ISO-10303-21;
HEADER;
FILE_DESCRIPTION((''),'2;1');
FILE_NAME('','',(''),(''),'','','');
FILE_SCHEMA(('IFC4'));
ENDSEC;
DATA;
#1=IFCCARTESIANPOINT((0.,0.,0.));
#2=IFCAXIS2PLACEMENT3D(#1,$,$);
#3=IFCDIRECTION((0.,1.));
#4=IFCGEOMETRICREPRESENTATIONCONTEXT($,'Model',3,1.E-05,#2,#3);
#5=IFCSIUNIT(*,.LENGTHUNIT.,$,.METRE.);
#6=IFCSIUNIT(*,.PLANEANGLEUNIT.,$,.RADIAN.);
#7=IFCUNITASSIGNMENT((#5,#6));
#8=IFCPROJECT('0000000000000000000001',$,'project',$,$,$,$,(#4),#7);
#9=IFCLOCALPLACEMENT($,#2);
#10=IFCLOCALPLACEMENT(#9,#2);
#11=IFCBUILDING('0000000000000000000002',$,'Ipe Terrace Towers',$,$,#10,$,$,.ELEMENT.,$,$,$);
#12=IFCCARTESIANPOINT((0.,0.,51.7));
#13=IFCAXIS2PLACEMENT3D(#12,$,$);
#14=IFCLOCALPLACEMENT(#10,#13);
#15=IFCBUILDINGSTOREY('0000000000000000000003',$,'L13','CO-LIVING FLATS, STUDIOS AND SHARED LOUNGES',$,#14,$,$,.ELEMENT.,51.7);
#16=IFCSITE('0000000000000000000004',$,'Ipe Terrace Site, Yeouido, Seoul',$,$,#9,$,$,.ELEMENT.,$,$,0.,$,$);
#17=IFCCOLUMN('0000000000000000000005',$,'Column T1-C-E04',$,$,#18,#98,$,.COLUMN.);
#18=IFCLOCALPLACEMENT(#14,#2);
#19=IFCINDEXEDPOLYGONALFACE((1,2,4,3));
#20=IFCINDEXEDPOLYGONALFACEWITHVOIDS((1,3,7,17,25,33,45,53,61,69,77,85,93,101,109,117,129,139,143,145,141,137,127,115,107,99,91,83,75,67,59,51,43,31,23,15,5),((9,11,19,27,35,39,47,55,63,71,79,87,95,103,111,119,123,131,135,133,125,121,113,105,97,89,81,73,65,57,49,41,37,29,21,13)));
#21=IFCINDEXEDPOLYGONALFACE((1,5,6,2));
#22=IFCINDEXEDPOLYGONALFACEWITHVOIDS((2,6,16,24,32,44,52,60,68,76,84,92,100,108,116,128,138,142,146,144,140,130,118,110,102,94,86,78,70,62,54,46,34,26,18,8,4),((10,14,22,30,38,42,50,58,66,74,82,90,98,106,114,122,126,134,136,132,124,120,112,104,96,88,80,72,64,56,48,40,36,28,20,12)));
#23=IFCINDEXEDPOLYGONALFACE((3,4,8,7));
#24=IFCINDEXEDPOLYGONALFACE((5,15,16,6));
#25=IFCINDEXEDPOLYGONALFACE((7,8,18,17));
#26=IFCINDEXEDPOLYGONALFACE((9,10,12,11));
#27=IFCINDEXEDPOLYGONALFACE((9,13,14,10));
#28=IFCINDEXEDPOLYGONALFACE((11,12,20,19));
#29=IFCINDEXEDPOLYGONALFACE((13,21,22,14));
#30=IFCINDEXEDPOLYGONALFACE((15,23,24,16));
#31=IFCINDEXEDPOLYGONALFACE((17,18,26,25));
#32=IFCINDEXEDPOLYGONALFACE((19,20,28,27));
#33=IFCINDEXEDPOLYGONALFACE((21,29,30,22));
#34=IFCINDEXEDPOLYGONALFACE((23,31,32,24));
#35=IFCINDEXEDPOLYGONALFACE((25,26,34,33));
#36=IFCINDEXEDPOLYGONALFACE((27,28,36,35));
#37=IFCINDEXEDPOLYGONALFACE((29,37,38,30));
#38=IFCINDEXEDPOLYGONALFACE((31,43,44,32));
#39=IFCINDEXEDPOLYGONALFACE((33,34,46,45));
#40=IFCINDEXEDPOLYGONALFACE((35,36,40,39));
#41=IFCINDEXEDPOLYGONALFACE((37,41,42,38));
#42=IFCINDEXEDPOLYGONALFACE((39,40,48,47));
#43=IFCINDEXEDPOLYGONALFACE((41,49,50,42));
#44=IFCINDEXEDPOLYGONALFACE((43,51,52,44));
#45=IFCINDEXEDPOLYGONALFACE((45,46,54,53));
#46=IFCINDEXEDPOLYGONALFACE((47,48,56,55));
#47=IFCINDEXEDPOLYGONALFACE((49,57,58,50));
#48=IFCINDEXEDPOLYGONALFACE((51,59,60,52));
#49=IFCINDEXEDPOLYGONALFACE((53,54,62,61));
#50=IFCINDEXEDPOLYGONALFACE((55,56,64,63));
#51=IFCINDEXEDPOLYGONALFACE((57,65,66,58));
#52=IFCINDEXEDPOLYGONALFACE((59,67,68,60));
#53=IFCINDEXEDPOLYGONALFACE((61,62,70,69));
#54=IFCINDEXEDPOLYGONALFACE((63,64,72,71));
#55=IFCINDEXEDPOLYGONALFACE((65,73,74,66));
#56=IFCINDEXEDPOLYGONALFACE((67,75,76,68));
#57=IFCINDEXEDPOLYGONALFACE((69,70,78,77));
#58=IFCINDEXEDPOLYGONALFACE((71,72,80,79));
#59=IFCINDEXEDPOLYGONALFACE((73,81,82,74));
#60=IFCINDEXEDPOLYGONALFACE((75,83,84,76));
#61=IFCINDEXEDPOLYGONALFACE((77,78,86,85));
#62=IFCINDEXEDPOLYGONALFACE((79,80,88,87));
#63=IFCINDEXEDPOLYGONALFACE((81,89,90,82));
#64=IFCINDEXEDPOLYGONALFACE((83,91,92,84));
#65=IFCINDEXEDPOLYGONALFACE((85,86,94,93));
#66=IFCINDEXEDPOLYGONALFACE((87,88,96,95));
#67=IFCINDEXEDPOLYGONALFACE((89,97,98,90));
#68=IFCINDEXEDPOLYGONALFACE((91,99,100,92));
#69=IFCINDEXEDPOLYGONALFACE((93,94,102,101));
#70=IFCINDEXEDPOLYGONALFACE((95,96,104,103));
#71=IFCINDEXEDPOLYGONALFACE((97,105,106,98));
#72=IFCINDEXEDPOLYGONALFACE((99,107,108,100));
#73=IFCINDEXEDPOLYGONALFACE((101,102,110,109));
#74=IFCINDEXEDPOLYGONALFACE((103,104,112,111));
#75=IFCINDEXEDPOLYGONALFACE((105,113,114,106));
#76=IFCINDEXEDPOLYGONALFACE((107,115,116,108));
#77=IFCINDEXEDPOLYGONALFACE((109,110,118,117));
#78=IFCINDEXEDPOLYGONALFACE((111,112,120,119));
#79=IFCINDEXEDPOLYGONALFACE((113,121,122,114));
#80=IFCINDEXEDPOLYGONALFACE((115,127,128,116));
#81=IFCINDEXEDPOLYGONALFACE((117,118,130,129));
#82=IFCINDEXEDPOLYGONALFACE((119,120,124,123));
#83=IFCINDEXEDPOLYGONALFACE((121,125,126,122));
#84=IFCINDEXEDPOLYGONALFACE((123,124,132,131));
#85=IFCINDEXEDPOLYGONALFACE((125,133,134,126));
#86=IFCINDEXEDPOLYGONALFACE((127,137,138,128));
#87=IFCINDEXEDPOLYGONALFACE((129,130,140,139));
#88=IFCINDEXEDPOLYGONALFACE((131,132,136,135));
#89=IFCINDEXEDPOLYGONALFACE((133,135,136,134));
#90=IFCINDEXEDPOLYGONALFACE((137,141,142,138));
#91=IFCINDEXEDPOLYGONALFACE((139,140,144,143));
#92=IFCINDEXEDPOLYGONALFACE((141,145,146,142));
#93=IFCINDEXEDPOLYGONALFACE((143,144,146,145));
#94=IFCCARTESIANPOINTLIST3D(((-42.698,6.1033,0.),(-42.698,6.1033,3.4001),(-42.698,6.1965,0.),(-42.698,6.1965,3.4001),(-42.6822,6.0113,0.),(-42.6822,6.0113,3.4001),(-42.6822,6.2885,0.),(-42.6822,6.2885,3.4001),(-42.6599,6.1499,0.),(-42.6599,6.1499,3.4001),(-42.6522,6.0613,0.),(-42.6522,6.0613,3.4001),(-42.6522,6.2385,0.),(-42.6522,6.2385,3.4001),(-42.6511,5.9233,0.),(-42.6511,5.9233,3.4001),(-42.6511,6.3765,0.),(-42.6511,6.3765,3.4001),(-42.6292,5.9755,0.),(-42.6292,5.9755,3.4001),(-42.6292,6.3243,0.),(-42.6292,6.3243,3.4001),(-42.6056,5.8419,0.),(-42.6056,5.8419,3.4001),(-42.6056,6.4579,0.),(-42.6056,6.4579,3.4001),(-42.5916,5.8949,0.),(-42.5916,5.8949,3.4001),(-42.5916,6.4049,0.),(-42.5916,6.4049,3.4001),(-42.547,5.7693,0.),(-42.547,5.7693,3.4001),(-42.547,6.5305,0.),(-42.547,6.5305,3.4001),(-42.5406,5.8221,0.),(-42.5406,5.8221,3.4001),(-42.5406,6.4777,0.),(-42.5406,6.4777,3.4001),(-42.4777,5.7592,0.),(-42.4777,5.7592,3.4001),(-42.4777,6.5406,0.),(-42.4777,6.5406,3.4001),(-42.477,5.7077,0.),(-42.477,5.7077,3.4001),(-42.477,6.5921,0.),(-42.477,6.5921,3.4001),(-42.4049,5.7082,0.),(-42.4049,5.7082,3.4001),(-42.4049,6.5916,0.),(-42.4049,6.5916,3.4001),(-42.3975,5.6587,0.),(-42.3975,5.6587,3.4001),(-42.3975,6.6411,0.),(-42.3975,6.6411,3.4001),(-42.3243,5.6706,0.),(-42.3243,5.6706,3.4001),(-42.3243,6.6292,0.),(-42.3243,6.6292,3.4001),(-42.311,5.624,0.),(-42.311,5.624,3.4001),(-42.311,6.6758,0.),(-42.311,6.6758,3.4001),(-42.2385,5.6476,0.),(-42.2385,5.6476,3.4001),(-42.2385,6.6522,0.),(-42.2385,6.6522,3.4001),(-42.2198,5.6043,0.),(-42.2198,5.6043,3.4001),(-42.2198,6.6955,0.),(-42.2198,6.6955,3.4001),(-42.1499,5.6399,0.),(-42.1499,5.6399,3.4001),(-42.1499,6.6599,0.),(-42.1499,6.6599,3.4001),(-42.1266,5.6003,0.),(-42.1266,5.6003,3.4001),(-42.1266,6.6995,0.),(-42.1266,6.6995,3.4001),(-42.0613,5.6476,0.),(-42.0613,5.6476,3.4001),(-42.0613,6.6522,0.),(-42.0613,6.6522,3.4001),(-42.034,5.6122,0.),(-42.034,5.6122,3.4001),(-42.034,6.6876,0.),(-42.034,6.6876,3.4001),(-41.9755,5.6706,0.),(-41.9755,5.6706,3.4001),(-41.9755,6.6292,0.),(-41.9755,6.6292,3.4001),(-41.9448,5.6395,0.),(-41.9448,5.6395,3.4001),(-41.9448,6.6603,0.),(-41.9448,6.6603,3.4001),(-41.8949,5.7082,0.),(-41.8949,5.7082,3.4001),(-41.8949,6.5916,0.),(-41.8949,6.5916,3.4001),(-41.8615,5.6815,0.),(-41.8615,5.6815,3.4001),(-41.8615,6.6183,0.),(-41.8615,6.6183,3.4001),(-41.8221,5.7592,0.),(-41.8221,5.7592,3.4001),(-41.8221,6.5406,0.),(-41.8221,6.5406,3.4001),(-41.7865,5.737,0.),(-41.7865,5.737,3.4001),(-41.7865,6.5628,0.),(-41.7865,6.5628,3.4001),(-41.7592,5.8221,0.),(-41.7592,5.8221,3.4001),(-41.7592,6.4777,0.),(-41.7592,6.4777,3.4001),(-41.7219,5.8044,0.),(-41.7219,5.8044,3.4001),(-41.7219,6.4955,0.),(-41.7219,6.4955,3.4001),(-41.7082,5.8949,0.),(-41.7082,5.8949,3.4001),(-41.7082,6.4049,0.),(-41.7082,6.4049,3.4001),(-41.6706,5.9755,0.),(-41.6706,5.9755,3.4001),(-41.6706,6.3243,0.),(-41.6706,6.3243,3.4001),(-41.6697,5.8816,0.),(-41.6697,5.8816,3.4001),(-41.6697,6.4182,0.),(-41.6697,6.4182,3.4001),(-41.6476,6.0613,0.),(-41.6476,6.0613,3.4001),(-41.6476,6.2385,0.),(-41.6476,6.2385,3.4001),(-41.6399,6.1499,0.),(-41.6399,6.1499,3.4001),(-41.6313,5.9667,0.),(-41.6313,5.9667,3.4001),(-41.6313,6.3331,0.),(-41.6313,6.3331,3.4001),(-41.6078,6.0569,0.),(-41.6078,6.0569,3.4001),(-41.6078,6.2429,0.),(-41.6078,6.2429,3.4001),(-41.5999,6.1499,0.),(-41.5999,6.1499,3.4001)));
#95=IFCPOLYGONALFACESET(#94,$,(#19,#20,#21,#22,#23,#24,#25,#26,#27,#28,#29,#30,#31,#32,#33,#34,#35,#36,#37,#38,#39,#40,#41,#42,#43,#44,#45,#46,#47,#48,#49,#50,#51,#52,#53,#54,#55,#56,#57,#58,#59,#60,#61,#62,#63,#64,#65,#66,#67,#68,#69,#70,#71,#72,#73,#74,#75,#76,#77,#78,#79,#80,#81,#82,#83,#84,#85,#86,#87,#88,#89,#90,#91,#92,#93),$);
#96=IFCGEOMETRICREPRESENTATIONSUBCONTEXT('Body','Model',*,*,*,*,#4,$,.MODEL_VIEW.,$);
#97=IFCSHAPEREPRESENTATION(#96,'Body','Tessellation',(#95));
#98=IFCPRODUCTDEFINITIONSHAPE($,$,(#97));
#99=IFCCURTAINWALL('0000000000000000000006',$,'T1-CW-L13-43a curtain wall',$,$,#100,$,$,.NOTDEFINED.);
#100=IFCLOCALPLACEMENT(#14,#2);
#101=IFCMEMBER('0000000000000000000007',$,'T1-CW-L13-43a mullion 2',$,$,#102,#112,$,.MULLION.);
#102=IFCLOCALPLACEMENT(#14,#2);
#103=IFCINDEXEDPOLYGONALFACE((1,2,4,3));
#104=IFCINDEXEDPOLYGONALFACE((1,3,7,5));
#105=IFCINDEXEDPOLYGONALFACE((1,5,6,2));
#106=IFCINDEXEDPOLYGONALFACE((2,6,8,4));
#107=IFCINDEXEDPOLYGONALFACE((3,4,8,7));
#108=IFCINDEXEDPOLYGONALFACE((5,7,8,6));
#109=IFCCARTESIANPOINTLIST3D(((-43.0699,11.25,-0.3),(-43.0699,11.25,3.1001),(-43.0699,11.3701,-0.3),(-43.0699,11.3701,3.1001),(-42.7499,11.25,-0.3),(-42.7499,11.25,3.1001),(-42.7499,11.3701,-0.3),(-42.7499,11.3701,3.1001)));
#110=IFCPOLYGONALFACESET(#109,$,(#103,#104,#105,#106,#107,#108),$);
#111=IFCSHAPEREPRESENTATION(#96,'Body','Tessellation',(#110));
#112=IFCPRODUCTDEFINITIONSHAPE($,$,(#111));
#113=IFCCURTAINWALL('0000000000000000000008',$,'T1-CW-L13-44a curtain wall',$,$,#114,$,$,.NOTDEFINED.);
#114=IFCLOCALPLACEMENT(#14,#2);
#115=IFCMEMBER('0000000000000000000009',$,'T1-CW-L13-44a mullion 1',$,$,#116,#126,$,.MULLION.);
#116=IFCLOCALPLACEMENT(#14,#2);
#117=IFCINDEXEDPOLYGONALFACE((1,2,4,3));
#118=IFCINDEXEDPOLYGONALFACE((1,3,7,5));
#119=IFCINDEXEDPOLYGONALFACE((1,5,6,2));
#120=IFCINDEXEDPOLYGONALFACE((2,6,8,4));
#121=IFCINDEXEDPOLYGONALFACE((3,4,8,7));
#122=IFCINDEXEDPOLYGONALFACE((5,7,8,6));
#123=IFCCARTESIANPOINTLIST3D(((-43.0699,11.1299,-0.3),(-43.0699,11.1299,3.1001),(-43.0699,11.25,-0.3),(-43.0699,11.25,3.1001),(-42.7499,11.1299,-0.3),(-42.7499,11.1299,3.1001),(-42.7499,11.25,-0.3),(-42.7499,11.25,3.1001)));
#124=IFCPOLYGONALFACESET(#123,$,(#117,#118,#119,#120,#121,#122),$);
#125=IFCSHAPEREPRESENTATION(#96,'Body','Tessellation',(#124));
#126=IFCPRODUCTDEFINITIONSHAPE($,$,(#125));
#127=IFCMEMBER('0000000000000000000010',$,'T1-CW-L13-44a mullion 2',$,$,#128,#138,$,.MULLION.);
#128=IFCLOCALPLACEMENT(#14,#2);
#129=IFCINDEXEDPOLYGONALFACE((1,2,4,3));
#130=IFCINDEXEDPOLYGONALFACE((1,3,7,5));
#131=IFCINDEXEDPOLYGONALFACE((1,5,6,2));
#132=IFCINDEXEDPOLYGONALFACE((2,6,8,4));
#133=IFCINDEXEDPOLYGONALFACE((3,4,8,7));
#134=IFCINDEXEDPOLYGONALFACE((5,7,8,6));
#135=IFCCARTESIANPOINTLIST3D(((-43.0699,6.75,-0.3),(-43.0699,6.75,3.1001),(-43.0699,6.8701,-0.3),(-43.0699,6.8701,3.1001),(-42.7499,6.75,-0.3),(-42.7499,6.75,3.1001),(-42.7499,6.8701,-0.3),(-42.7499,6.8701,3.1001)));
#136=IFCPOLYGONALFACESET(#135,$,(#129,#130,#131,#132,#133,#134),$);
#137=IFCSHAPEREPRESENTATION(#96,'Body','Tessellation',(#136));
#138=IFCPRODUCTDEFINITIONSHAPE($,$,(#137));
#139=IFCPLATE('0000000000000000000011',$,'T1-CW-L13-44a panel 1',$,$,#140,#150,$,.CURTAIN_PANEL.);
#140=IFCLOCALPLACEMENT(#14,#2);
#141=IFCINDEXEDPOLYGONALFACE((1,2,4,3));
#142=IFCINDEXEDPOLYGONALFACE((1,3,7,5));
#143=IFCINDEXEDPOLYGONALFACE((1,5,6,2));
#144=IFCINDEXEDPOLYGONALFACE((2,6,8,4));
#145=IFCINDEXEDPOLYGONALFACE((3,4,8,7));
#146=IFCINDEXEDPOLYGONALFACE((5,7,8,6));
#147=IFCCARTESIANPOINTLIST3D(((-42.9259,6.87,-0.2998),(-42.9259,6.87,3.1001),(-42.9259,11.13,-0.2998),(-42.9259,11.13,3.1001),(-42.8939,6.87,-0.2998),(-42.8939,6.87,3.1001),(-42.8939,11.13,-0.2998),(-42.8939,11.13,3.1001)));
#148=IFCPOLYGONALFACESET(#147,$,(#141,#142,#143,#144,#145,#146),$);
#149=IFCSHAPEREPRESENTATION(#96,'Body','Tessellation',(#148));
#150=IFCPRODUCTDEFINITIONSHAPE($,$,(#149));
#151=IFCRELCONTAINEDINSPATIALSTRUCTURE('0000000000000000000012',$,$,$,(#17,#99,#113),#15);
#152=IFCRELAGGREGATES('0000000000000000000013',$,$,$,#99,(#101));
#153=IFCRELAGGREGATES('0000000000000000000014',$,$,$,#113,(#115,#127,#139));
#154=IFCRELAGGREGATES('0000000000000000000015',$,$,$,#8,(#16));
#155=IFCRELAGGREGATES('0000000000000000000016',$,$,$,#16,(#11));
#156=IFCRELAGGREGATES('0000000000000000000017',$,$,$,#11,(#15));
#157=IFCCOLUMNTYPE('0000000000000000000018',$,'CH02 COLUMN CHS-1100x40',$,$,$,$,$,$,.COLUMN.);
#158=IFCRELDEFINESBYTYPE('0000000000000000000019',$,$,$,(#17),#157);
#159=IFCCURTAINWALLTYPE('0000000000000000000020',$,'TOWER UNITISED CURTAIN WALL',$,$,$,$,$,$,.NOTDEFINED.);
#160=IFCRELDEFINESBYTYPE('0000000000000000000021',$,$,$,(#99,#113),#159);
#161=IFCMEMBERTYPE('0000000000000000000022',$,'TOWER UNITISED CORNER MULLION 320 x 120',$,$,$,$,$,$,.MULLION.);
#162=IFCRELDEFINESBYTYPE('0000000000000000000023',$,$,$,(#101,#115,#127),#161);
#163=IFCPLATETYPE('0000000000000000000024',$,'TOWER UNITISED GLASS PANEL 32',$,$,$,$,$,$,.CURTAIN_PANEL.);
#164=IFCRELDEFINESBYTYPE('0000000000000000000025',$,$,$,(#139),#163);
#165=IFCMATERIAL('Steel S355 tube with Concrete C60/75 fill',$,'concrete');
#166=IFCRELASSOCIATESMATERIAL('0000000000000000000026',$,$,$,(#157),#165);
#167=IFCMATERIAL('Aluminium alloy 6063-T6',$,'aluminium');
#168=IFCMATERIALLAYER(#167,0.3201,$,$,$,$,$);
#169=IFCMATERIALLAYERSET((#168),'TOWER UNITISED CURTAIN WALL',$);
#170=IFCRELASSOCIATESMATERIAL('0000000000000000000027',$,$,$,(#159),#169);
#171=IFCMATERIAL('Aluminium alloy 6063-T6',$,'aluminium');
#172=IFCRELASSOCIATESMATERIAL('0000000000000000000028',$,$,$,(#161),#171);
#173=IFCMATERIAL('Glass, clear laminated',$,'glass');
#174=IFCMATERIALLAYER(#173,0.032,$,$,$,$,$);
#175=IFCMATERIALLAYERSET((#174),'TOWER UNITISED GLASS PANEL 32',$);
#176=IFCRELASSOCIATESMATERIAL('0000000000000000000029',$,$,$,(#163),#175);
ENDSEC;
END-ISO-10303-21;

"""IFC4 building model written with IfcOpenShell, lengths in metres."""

from ifc_helpers import new_model, si_unit, direction, frame, origin, origin_2d, place, context, subcontext, project, spatial, rectangle, hollow_circle, extrude, material, layer, layer_set, material_profile, profile_set, type_object, element, aggregate, save


model = new_model("IFC4")

# Units and contexts
model_context = context("Model", 3, precision=1e-05, world=origin(), true_north=direction((0.0, 1.0)))
body_context = subcontext(model_context, "Body", "Model", "MODEL_VIEW")
ifc_project = project(units=[si_unit("LENGTHUNIT", "METRE"), si_unit("PLANEANGLEUNIT", "RADIAN")], contexts=[model_context])

# Site, building, storey
site_placement = place(None, origin())
site = spatial("IfcSite", under=ifc_project, at=site_placement, Name="Ipe Terrace Site, Yeouido, Seoul", CompositionType="ELEMENT", RefElevation=0.0)
building_placement = place(site_placement, origin())
building = spatial("IfcBuilding", under=site, at=building_placement, Name="Ipe Terrace Towers", CompositionType="ELEMENT")
storey_placement = place(building_placement, frame((0.0, 0.0, 51.7)))
storey = spatial("IfcBuildingStorey", under=building, at=storey_placement, Name="L13", Description="CO-LIVING FLATS, STUDIOS AND SHARED LOUNGES", CompositionType="ELEMENT", Elevation=51.7)

# Column
ifc_material_1 = material(Name="Steel S355 tube with Concrete C60/75 fill", Category="concrete")
ifc_material_profile_1 = material_profile(ifc_material_1, hollow_circle(Radius=0.55, WallThickness=0.04, at=origin_2d()), Name="CHS-1100x40")
ifc_profile_set_1 = profile_set([ifc_material_profile_1], Name="Steel S355 tube with Concrete C60/75 fill")
column_type = type_object("IfcColumnType", Name="CH02 COLUMN CHS-1100x40", PredefinedType="COLUMN", material=ifc_profile_set_1)
column_placement = place(storey_placement, frame((-42.1499, 6.1499, 0.0), z_axis=(0.0, 0.0, 1.0), x_axis=(1.0, 0.0, 0.0)))
element("IfcColumn", 1, at=column_placement, inside=storey, type_object=column_type, Name="Column T1-C-E04", PredefinedType="COLUMN", context=body_context, shape_type="SweptSolid", body=[
    extrude(hollow_circle(Radius=0.55, WallThickness=0.04, at=origin_2d()), origin(), (0.0, 0.0, 1.0), 3.4001),
])

# Curtain wall, member
ifc_material_2 = material(Name="Aluminium alloy 6063-T6", Category="aluminium")
ifc_layer_1 = layer(ifc_material_2, 0.3201)
ifc_layer_set_1 = layer_set([ifc_layer_1], Name="TOWER UNITISED CURTAIN WALL")
curtain_wall_type = type_object("IfcCurtainWallType", Name="TOWER UNITISED CURTAIN WALL", PredefinedType="NOTDEFINED", material=ifc_layer_set_1)
curtain_wall_1_placement = place(storey_placement, origin())
curtain_wall_1 = element("IfcCurtainWall", 2, at=curtain_wall_1_placement, inside=storey, type_object=curtain_wall_type, Name="T1-CW-L13-43a curtain wall", PredefinedType="NOTDEFINED")
ifc_material_3 = material(Name="Aluminium alloy 6063-T6", Category="aluminium")
ifc_material_profile_2 = material_profile(ifc_material_3, rectangle(XDim=0.3201, YDim=0.1201, at=origin_2d()), Name="TOWER UNITISED CORNER MULLION 320 x 120")
ifc_profile_set_2 = profile_set([ifc_material_profile_2], Name="Aluminium alloy 6063-T6")
member_type = type_object("IfcMemberType", Name="TOWER UNITISED CORNER MULLION 320 x 120", PredefinedType="MULLION", material=ifc_profile_set_2)
member_1_placement = place(storey_placement, frame((-42.9099, 11.3101, -0.3), z_axis=(0.0, 0.0, 1.0), x_axis=(-1.0, 0.0, 0.0)))
member_1 = element("IfcMember", 3, at=member_1_placement, type_object=member_type, Name="T1-CW-L13-43a mullion 2", PredefinedType="MULLION", context=body_context, shape_type="SweptSolid", body=[
    extrude(rectangle(XDim=0.3201, YDim=0.1201, at=origin_2d()), origin(), (0.0, 0.0, 1.0), 3.4001),
])
aggregate(curtain_wall_1, [member_1])

# Curtain wall, members, plate
curtain_wall_2_placement = place(storey_placement, origin())
curtain_wall_2 = element("IfcCurtainWall", 4, at=curtain_wall_2_placement, inside=storey, type_object=curtain_wall_type, Name="T1-CW-L13-44a curtain wall", PredefinedType="NOTDEFINED")
member_2_placement = place(storey_placement, frame((-42.9099, 11.1899, -0.3), z_axis=(0.0, 0.0, 1.0), x_axis=(-1.0, 0.0, 0.0)))
member_2 = element("IfcMember", 5, at=member_2_placement, type_object=member_type, Name="T1-CW-L13-44a mullion 1", PredefinedType="MULLION", context=body_context, shape_type="SweptSolid", body=[
    extrude(rectangle(XDim=0.3201, YDim=0.1201, at=origin_2d()), origin(), (0.0, 0.0, 1.0), 3.4001),
])
member_3_placement = place(storey_placement, frame((-42.9099, 6.8101, -0.3), z_axis=(0.0, 0.0, 1.0), x_axis=(-1.0, 0.0, 0.0)))
member_3 = element("IfcMember", 6, at=member_3_placement, type_object=member_type, Name="T1-CW-L13-44a mullion 2", PredefinedType="MULLION", context=body_context, shape_type="SweptSolid", body=[
    extrude(rectangle(XDim=0.3201, YDim=0.1201, at=origin_2d()), origin(), (0.0, 0.0, 1.0), 3.4001),
])
ifc_material_4 = material(Name="Glass, clear laminated", Category="glass")
ifc_layer_2 = layer(ifc_material_4, 0.032)
ifc_layer_set_2 = layer_set([ifc_layer_2], Name="TOWER UNITISED GLASS PANEL 32")
plate_type = type_object("IfcPlateType", Name="TOWER UNITISED GLASS PANEL 32", PredefinedType="CURTAIN_PANEL", material=ifc_layer_set_2)
plate_placement = place(storey_placement, frame((-42.9099, 9.0, -0.2998), z_axis=(0.0, 0.0, 1.0), x_axis=(0.0, -1.0, 0.0)))
plate = element("IfcPlate", 7, at=plate_placement, type_object=plate_type, Name="T1-CW-L13-44a panel 1", PredefinedType="CURTAIN_PANEL", context=body_context, shape_type="SweptSolid", body=[
    extrude(rectangle(XDim=4.26, YDim=0.032, at=origin_2d()), origin(), (0.0, 0.0, 1.0), 3.3999),
])
aggregate(curtain_wall_2, [member_2, member_3, plate])

save(model, "model.ifc")
